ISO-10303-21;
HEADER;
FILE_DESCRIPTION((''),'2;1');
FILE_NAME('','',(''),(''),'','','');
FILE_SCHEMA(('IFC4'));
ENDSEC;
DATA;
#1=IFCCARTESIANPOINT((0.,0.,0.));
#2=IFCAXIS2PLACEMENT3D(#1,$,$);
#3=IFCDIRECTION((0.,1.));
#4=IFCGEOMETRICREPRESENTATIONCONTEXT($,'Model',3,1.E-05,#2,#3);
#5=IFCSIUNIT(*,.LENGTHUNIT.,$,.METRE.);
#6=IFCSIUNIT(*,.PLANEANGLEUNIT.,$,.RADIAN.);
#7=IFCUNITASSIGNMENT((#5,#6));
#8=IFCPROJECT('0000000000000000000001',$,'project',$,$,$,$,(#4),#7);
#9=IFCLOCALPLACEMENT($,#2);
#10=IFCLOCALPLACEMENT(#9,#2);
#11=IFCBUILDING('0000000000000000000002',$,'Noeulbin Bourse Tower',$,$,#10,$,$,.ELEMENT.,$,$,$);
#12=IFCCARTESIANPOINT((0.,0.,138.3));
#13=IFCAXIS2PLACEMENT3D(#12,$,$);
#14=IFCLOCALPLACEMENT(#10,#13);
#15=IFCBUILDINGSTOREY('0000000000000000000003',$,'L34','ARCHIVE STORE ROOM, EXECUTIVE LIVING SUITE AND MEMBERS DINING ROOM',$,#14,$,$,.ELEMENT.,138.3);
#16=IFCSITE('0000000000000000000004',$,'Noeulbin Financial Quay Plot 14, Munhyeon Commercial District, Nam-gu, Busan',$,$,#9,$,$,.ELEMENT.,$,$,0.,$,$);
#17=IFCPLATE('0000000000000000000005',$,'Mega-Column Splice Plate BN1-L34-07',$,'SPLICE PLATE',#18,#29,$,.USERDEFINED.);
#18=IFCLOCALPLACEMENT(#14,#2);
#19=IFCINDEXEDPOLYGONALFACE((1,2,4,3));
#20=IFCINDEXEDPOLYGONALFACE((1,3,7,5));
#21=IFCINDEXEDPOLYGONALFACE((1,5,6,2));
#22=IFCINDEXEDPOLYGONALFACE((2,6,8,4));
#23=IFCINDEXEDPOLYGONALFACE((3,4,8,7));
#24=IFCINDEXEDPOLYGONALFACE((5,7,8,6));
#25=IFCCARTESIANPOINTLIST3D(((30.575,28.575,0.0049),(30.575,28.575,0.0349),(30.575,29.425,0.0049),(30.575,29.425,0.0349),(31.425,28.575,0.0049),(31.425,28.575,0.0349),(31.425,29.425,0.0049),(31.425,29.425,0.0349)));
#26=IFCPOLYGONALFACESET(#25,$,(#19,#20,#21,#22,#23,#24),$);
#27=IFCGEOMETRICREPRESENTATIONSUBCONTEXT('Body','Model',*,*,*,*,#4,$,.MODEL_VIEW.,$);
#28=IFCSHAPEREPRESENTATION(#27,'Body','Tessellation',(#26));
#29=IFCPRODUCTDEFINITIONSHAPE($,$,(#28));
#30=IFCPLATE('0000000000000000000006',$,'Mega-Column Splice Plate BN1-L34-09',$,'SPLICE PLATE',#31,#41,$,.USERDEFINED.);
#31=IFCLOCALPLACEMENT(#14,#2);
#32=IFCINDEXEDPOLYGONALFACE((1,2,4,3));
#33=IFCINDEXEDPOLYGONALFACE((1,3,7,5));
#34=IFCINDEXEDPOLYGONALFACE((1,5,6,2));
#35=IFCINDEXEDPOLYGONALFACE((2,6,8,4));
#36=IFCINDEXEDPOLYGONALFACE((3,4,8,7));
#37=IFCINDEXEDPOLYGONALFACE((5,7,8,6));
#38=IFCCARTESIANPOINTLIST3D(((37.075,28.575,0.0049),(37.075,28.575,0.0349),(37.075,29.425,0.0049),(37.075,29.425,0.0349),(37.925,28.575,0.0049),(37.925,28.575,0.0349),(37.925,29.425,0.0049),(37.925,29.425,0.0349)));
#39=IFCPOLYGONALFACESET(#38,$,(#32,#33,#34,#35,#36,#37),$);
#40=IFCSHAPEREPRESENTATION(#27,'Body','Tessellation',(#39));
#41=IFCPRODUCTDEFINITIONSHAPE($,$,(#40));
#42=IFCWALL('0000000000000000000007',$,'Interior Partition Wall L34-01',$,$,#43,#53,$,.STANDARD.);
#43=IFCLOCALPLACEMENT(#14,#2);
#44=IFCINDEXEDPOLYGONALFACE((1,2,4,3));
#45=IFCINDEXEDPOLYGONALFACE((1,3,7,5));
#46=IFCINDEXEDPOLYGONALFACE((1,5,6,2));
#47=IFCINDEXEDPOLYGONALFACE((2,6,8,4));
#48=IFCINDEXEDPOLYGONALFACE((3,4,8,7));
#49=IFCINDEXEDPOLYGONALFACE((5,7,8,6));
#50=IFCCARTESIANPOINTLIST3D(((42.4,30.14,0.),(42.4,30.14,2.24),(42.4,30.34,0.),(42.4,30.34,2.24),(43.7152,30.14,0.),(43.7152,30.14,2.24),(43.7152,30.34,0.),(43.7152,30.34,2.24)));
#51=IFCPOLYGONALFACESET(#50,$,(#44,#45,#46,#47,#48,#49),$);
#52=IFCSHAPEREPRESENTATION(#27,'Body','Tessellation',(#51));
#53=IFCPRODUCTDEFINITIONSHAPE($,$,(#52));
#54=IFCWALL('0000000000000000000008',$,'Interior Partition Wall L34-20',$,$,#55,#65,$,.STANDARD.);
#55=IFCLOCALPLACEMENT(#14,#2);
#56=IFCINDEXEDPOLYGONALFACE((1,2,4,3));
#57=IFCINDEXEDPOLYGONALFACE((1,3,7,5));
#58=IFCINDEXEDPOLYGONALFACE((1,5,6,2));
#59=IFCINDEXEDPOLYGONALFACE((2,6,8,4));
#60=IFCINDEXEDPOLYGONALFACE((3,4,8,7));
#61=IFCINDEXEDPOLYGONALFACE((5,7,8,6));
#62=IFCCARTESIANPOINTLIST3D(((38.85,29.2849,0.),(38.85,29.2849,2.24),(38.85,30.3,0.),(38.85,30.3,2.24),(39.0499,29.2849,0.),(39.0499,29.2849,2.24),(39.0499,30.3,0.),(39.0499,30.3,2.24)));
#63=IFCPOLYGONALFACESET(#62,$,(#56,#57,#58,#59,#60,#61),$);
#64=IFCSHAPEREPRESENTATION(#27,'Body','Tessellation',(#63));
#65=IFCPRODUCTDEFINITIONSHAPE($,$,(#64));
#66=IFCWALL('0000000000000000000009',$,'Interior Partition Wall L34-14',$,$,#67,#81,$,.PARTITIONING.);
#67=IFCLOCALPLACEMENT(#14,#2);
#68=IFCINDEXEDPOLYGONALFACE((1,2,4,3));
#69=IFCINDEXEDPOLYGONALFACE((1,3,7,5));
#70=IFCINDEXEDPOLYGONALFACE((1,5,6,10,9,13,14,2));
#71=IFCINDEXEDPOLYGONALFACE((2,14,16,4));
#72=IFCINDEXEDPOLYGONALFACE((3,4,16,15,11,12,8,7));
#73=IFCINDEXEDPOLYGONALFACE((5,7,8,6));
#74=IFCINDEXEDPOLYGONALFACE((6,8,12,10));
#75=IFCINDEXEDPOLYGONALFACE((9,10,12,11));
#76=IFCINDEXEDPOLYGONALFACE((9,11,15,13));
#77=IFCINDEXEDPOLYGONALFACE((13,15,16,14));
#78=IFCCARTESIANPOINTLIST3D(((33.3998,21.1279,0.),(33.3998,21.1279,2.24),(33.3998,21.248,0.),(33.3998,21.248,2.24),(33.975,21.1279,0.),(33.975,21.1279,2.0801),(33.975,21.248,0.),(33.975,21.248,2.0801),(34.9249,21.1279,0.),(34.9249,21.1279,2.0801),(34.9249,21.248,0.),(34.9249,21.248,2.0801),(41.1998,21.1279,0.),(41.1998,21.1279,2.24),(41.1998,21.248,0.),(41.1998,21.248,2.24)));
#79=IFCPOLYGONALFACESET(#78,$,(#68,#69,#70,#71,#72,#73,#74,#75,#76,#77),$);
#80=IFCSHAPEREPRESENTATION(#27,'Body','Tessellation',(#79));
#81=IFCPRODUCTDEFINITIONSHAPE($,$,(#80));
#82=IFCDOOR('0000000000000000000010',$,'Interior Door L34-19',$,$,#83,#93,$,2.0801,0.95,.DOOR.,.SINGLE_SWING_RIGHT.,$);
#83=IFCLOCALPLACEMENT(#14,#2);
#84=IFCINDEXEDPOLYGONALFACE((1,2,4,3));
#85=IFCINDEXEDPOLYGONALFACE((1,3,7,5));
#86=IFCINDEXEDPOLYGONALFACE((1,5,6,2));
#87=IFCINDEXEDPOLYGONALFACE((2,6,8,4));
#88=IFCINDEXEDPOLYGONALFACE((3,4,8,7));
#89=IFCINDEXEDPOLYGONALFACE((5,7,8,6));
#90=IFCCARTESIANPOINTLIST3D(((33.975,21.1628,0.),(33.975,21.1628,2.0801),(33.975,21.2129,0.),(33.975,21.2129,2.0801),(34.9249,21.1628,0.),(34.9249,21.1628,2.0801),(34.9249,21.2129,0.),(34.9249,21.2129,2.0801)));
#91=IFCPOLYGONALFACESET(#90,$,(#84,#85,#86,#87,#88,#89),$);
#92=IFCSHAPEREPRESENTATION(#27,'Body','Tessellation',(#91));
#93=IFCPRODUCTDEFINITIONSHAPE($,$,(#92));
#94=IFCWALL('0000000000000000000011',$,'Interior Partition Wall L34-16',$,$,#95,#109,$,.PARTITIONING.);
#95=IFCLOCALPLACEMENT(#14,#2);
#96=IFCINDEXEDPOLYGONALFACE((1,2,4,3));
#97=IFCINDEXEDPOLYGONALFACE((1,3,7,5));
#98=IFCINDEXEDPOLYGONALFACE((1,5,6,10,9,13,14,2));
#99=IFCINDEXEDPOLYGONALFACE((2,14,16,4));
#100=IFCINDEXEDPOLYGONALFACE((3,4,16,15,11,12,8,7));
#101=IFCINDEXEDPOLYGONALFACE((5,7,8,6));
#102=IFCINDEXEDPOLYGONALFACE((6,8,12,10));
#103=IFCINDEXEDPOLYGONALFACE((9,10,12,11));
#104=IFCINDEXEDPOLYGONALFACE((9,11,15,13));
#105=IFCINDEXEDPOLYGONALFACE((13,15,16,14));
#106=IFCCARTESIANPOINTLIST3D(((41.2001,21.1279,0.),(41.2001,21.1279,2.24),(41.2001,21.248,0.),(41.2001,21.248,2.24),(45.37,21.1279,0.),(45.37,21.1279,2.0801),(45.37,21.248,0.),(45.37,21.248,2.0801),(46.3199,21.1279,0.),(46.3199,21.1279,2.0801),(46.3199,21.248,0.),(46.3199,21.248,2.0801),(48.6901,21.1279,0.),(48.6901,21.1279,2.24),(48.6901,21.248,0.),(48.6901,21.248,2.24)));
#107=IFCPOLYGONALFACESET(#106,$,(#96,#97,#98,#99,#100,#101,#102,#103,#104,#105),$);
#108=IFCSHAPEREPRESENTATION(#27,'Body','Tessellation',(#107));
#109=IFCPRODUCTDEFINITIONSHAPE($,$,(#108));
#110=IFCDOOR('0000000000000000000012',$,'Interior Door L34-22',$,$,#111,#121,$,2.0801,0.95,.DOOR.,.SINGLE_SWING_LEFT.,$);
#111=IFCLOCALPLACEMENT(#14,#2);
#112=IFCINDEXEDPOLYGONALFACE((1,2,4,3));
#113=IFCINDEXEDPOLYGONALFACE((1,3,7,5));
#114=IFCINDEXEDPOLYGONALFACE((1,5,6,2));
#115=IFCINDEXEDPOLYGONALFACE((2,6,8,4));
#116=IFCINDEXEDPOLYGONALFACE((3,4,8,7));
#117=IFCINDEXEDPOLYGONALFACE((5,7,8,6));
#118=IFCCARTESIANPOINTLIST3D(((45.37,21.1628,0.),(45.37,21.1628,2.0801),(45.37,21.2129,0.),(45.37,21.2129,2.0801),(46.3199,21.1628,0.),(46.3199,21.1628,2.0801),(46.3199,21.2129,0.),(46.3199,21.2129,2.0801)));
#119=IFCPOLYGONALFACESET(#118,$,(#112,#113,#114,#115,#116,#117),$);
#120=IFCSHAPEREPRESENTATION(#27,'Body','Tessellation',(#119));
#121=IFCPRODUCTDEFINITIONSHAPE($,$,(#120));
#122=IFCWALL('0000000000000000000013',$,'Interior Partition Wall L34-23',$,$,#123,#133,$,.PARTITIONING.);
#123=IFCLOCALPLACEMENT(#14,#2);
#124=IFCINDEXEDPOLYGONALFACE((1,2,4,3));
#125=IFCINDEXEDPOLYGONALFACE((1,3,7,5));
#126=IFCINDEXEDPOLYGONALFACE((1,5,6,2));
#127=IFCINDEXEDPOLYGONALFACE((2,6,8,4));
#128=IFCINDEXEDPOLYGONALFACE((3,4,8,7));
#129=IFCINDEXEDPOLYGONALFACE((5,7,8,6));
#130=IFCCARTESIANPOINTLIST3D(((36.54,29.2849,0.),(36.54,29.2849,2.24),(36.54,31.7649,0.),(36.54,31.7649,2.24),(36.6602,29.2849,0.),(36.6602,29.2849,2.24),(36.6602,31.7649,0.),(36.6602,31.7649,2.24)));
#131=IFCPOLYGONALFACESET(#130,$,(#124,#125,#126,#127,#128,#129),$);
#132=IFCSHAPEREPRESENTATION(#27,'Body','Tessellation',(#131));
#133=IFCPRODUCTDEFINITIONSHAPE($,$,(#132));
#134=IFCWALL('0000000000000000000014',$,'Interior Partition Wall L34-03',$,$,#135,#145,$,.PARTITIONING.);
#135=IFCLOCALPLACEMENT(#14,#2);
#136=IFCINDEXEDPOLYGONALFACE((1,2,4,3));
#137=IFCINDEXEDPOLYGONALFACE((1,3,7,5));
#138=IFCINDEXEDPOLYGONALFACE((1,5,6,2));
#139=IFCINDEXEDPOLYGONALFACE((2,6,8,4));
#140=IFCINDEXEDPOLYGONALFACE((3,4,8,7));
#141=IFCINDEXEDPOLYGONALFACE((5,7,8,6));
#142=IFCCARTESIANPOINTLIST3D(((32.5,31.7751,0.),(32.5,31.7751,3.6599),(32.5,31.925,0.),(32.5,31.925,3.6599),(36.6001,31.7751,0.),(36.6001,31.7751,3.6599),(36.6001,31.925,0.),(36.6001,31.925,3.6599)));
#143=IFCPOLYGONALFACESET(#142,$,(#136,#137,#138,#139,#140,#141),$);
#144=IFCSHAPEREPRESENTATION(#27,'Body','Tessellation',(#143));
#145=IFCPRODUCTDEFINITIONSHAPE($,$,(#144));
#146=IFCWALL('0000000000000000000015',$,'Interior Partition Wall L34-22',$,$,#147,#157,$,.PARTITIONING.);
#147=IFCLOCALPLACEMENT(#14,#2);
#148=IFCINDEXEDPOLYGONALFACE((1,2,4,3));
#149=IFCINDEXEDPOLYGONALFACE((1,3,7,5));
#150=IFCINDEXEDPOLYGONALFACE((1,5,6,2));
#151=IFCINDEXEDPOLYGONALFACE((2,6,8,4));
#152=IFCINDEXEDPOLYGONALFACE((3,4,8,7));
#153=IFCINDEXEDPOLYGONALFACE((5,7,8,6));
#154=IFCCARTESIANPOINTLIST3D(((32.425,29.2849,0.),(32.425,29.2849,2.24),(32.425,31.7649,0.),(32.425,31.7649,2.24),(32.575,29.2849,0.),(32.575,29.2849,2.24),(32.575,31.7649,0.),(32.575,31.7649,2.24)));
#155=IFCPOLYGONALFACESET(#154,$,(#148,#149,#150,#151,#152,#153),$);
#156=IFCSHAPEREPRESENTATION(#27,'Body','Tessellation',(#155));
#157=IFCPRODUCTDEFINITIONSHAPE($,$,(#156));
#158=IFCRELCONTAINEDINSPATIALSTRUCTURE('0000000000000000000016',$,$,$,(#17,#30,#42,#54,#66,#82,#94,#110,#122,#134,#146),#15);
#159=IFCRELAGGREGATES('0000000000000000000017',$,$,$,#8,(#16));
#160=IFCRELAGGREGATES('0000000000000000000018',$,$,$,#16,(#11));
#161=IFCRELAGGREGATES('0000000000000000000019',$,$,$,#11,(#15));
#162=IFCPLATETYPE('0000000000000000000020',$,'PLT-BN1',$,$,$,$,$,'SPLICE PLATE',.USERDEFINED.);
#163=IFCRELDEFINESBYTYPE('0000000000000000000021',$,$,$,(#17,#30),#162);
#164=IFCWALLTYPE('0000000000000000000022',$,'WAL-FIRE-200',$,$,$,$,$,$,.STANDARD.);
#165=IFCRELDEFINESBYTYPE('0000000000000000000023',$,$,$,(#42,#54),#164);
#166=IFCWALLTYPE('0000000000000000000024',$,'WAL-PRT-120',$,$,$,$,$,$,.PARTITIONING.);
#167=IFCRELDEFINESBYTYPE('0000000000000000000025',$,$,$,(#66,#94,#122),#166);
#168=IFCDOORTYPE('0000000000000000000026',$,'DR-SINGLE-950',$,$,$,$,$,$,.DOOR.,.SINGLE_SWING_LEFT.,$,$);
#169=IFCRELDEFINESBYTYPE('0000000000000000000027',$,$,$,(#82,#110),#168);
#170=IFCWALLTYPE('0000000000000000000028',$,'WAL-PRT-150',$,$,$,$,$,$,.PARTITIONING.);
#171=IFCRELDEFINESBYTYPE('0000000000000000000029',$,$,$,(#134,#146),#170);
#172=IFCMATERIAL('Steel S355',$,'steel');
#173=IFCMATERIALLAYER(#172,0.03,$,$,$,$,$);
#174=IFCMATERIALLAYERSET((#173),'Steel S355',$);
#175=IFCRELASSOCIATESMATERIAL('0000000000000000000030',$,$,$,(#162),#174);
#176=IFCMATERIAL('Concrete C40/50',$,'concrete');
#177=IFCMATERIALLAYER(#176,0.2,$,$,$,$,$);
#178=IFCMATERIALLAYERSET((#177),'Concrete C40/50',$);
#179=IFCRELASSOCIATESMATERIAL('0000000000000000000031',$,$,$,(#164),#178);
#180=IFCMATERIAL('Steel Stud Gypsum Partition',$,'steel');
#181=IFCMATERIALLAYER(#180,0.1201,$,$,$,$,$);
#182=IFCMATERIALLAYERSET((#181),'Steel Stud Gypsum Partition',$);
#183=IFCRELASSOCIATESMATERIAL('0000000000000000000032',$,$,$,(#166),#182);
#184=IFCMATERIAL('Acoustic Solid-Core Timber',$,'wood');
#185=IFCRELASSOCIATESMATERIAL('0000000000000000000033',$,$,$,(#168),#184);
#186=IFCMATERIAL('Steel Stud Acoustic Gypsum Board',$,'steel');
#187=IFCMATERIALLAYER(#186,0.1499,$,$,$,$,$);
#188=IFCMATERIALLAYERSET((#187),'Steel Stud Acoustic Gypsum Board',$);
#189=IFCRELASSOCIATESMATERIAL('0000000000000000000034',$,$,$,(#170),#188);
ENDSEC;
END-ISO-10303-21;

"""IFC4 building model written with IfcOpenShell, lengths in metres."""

from ifc_helpers import new_model, si_unit, direction, frame, frame_2d, origin, origin_2d, place, context, subcontext, project, spatial, rectangle, extrude, material, layer, layer_set, type_object, element, fill, save


model = new_model("IFC4")

# Units and contexts
model_context = context("Model", 3, precision=1e-05, world=origin(), true_north=direction((0.0, 1.0)))
body_context = subcontext(model_context, "Body", "Model", "MODEL_VIEW")
ifc_project = project(units=[si_unit("LENGTHUNIT", "METRE"), si_unit("PLANEANGLEUNIT", "RADIAN")], contexts=[model_context])

# Site, building, storey
site_placement = place(None, origin())
site = spatial("IfcSite", under=ifc_project, at=site_placement, Name="Noeulbin Financial Quay Plot 14, Munhyeon Commercial District, Nam-gu, Busan", CompositionType="ELEMENT", RefElevation=0.0)
building_placement = place(site_placement, origin())
building = spatial("IfcBuilding", under=site, at=building_placement, Name="Noeulbin Bourse Tower", CompositionType="ELEMENT")
storey_placement = place(building_placement, frame((0.0, 0.0, 138.3)))
storey = spatial("IfcBuildingStorey", under=building, at=storey_placement, Name="L34", Description="ARCHIVE STORE ROOM, EXECUTIVE LIVING SUITE AND MEMBERS DINING ROOM", CompositionType="ELEMENT", Elevation=138.3)

# Shared definitions
ifc_material_1 = material(Name="Steel S355", Category="steel")

# Plates
ifc_layer_1 = layer(ifc_material_1, 0.03)
ifc_layer_set_1 = layer_set([ifc_layer_1], Name="Steel S355")
plate_type = type_object("IfcPlateType", Name="PLT-BN1", ElementType="SPLICE PLATE", PredefinedType="USERDEFINED", material=ifc_layer_set_1)
for number, where, z_axis, x_axis, name in (
    (1, (31.0, 29.0, 0.0049), (0.0, 0.0, 1.0), (1.0, 0.0, 0.0), "Mega-Column Splice Plate BN1-L34-07"),
    (2, (37.5, 29.0, 0.0049), (0.0, 0.0, 1.0), (1.0, 0.0, 0.0), "Mega-Column Splice Plate BN1-L34-09"),
):
    element("IfcPlate", number, at=place(storey_placement, frame(where, z_axis=z_axis, x_axis=x_axis)), inside=storey, type_object=plate_type, Name=name, ObjectType="SPLICE PLATE", PredefinedType="USERDEFINED", context=body_context, shape_type="SweptSolid", body=[
        extrude(rectangle(XDim=0.8501, YDim=0.8501, at=origin_2d()), origin(), (0.0, 0.0, 1.0), 0.03),
    ])

# Walls
ifc_material_2 = material(Name="Concrete C40/50", Category="concrete")
ifc_layer_2 = layer(ifc_material_2, 0.2)
ifc_layer_set_2 = layer_set([ifc_layer_2], Name="Concrete C40/50")
wall_type_1 = type_object("IfcWallType", Name="WAL-FIRE-200", PredefinedType="STANDARD", material=ifc_layer_set_2)
wall_1_placement = place(storey_placement, frame((42.3999, 30.24, 0.0), z_axis=(0.0, 0.0, 1.0), x_axis=(1.0, 0.0, 0.0)))
element("IfcWall", 3, at=wall_1_placement, inside=storey, type_object=wall_type_1, Name="Interior Partition Wall L34-01", PredefinedType="STANDARD", context=body_context, shape_type="SweptSolid", body=[
    extrude(rectangle(XDim=1.3152, YDim=0.2, at=frame_2d((0.6577, 0.0))), origin(), (0.0, 0.0, 1.0), 2.24),
])
wall_2_placement = place(storey_placement, frame((38.95, 29.2849, 0.0), z_axis=(0.0, 0.0, 1.0), x_axis=(0.0, 1.0, 0.0)))
element("IfcWall", 4, at=wall_2_placement, inside=storey, type_object=wall_type_1, Name="Interior Partition Wall L34-20", PredefinedType="STANDARD", context=body_context, shape_type="SweptSolid", body=[
    extrude(rectangle(XDim=1.0151, YDim=0.2, at=frame_2d((0.5076, 0.0))), origin(), (0.0, 0.0, 1.0), 2.24),
])

# Walls, openings, doors
ifc_material_3 = material(Name="Steel Stud Gypsum Partition", Category="steel")
ifc_layer_3 = layer(ifc_material_3, 0.1201)
ifc_layer_set_3 = layer_set([ifc_layer_3], Name="Steel Stud Gypsum Partition")
wall_type_2 = type_object("IfcWallType", Name="WAL-PRT-120", PredefinedType="PARTITIONING", material=ifc_layer_set_3)
wall_3_placement = place(storey_placement, frame((33.3999, 21.188, 0.0), z_axis=(0.0, 0.0, 1.0), x_axis=(1.0, 0.0, 0.0)))
wall_3 = element("IfcWall", 5, at=wall_3_placement, inside=storey, type_object=wall_type_2, Name="Interior Partition Wall L34-14", PredefinedType="PARTITIONING", context=body_context, shape_type="SweptSolid", body=[
    extrude(rectangle(XDim=7.8, YDim=0.1201, at=frame_2d((3.8999, 0.0))), origin(), (0.0, 0.0, 1.0), 2.24),
])
opening_1_placement = place(wall_3_placement, frame((0.575, 0.0, 0.0)))
opening_1 = element("IfcOpeningElement", 6, at=opening_1_placement, cuts=wall_3, PredefinedType="OPENING", context=body_context, shape_type="SweptSolid", body=[
    extrude(rectangle(XDim=0.95, YDim=2.0801, at=frame_2d((0.4751, 1.04))), frame((0.0, 0.0701, 0.0), z_axis=(0.0, -1.0, 0.0), x_axis=(1.0, 0.0, 0.0)), (0.0, 0.0, 1.0), 0.1401),
])
ifc_material_4 = material(Name="Acoustic Solid-Core Timber", Category="wood")
door_type_1 = type_object("IfcDoorType", Name="DR-SINGLE-950", OperationType="SINGLE_SWING_LEFT", PredefinedType="DOOR", material=ifc_material_4)
door_1_placement = place(opening_1_placement, origin())
door_1 = element("IfcDoor", 7, at=door_1_placement, inside=storey, type_object=door_type_1, Name="Interior Door L34-19", OperationType="SINGLE_SWING_RIGHT", OverallHeight=2.0801, OverallWidth=0.95, PredefinedType="DOOR", context=body_context, shape_type="SweptSolid", body=[
    extrude(rectangle(XDim=0.95, YDim=2.0801, at=frame_2d((0.4751, 1.04))), frame((0.0, 0.0249, 0.0), z_axis=(0.0, -1.0, 0.0), x_axis=(1.0, 0.0, 0.0)), (0.0, 0.0, 1.0), 0.05),
])
fill(opening_1, door_1)
wall_4_placement = place(storey_placement, frame((41.2, 21.188, 0.0), z_axis=(0.0, 0.0, 1.0), x_axis=(1.0, 0.0, 0.0)))
wall_4 = element("IfcWall", 8, at=wall_4_placement, inside=storey, type_object=wall_type_2, Name="Interior Partition Wall L34-16", PredefinedType="PARTITIONING", context=body_context, shape_type="SweptSolid", body=[
    extrude(rectangle(XDim=7.49, YDim=0.1201, at=frame_2d((3.7451, 0.0))), origin(), (0.0, 0.0, 1.0), 2.24),
])
opening_2_placement = place(wall_4_placement, frame((4.1699, 0.0, 0.0)))
opening_2 = element("IfcOpeningElement", 9, at=opening_2_placement, cuts=wall_4, PredefinedType="OPENING", context=body_context, shape_type="SweptSolid", body=[
    extrude(rectangle(XDim=0.95, YDim=2.0801, at=frame_2d((0.4751, 1.04))), frame((0.0, 0.0701, 0.0), z_axis=(0.0, -1.0, 0.0), x_axis=(1.0, 0.0, 0.0)), (0.0, 0.0, 1.0), 0.1401),
])
door_2_placement = place(opening_2_placement, origin())
door_2 = element("IfcDoor", 10, at=door_2_placement, inside=storey, type_object=door_type_1, Name="Interior Door L34-22", OperationType="SINGLE_SWING_LEFT", OverallHeight=2.0801, OverallWidth=0.95, PredefinedType="DOOR", context=body_context, shape_type="SweptSolid", body=[
    extrude(rectangle(XDim=0.95, YDim=2.0801, at=frame_2d((0.4751, 1.04))), frame((0.0, 0.0249, 0.0), z_axis=(0.0, -1.0, 0.0), x_axis=(1.0, 0.0, 0.0)), (0.0, 0.0, 1.0), 0.05),
])
fill(opening_2, door_2)

# Walls
wall_5_placement = place(storey_placement, frame((36.6001, 29.2849, 0.0), z_axis=(0.0, 0.0, 1.0), x_axis=(0.0, 1.0, 0.0)))
element("IfcWall", 11, at=wall_5_placement, inside=storey, type_object=wall_type_2, Name="Interior Partition Wall L34-23", PredefinedType="PARTITIONING", context=body_context, shape_type="SweptSolid", body=[
    extrude(rectangle(XDim=2.48, YDim=0.1201, at=frame_2d((1.24, 0.0))), origin(), (0.0, 0.0, 1.0), 2.24),
])
ifc_material_5 = material(Name="Steel Stud Acoustic Gypsum Board", Category="steel")
ifc_layer_4 = layer(ifc_material_5, 0.1499)
ifc_layer_set_4 = layer_set([ifc_layer_4], Name="Steel Stud Acoustic Gypsum Board")
wall_type_3 = type_object("IfcWallType", Name="WAL-PRT-150", PredefinedType="PARTITIONING", material=ifc_layer_set_4)
wall_6_placement = place(storey_placement, frame((32.5, 31.8501, 0.0), z_axis=(0.0, 0.0, 1.0), x_axis=(1.0, 0.0, 0.0)))
element("IfcWall", 12, at=wall_6_placement, inside=storey, type_object=wall_type_3, Name="Interior Partition Wall L34-03", PredefinedType="PARTITIONING", context=body_context, shape_type="SweptSolid", body=[
    extrude(rectangle(XDim=4.1001, YDim=0.1499, at=frame_2d((2.05, 0.0))), origin(), (0.0, 0.0, 1.0), 3.6599),
])
wall_7_placement = place(storey_placement, frame((32.5, 29.2849, 0.0), z_axis=(0.0, 0.0, 1.0), x_axis=(0.0, 1.0, 0.0)))
element("IfcWall", 13, at=wall_7_placement, inside=storey, type_object=wall_type_3, Name="Interior Partition Wall L34-22", PredefinedType="PARTITIONING", context=body_context, shape_type="SweptSolid", body=[
    extrude(rectangle(XDim=2.48, YDim=0.1499, at=frame_2d((1.24, 0.0))), origin(), (0.0, 0.0, 1.0), 2.24),
])

save(model, "model.ifc")
